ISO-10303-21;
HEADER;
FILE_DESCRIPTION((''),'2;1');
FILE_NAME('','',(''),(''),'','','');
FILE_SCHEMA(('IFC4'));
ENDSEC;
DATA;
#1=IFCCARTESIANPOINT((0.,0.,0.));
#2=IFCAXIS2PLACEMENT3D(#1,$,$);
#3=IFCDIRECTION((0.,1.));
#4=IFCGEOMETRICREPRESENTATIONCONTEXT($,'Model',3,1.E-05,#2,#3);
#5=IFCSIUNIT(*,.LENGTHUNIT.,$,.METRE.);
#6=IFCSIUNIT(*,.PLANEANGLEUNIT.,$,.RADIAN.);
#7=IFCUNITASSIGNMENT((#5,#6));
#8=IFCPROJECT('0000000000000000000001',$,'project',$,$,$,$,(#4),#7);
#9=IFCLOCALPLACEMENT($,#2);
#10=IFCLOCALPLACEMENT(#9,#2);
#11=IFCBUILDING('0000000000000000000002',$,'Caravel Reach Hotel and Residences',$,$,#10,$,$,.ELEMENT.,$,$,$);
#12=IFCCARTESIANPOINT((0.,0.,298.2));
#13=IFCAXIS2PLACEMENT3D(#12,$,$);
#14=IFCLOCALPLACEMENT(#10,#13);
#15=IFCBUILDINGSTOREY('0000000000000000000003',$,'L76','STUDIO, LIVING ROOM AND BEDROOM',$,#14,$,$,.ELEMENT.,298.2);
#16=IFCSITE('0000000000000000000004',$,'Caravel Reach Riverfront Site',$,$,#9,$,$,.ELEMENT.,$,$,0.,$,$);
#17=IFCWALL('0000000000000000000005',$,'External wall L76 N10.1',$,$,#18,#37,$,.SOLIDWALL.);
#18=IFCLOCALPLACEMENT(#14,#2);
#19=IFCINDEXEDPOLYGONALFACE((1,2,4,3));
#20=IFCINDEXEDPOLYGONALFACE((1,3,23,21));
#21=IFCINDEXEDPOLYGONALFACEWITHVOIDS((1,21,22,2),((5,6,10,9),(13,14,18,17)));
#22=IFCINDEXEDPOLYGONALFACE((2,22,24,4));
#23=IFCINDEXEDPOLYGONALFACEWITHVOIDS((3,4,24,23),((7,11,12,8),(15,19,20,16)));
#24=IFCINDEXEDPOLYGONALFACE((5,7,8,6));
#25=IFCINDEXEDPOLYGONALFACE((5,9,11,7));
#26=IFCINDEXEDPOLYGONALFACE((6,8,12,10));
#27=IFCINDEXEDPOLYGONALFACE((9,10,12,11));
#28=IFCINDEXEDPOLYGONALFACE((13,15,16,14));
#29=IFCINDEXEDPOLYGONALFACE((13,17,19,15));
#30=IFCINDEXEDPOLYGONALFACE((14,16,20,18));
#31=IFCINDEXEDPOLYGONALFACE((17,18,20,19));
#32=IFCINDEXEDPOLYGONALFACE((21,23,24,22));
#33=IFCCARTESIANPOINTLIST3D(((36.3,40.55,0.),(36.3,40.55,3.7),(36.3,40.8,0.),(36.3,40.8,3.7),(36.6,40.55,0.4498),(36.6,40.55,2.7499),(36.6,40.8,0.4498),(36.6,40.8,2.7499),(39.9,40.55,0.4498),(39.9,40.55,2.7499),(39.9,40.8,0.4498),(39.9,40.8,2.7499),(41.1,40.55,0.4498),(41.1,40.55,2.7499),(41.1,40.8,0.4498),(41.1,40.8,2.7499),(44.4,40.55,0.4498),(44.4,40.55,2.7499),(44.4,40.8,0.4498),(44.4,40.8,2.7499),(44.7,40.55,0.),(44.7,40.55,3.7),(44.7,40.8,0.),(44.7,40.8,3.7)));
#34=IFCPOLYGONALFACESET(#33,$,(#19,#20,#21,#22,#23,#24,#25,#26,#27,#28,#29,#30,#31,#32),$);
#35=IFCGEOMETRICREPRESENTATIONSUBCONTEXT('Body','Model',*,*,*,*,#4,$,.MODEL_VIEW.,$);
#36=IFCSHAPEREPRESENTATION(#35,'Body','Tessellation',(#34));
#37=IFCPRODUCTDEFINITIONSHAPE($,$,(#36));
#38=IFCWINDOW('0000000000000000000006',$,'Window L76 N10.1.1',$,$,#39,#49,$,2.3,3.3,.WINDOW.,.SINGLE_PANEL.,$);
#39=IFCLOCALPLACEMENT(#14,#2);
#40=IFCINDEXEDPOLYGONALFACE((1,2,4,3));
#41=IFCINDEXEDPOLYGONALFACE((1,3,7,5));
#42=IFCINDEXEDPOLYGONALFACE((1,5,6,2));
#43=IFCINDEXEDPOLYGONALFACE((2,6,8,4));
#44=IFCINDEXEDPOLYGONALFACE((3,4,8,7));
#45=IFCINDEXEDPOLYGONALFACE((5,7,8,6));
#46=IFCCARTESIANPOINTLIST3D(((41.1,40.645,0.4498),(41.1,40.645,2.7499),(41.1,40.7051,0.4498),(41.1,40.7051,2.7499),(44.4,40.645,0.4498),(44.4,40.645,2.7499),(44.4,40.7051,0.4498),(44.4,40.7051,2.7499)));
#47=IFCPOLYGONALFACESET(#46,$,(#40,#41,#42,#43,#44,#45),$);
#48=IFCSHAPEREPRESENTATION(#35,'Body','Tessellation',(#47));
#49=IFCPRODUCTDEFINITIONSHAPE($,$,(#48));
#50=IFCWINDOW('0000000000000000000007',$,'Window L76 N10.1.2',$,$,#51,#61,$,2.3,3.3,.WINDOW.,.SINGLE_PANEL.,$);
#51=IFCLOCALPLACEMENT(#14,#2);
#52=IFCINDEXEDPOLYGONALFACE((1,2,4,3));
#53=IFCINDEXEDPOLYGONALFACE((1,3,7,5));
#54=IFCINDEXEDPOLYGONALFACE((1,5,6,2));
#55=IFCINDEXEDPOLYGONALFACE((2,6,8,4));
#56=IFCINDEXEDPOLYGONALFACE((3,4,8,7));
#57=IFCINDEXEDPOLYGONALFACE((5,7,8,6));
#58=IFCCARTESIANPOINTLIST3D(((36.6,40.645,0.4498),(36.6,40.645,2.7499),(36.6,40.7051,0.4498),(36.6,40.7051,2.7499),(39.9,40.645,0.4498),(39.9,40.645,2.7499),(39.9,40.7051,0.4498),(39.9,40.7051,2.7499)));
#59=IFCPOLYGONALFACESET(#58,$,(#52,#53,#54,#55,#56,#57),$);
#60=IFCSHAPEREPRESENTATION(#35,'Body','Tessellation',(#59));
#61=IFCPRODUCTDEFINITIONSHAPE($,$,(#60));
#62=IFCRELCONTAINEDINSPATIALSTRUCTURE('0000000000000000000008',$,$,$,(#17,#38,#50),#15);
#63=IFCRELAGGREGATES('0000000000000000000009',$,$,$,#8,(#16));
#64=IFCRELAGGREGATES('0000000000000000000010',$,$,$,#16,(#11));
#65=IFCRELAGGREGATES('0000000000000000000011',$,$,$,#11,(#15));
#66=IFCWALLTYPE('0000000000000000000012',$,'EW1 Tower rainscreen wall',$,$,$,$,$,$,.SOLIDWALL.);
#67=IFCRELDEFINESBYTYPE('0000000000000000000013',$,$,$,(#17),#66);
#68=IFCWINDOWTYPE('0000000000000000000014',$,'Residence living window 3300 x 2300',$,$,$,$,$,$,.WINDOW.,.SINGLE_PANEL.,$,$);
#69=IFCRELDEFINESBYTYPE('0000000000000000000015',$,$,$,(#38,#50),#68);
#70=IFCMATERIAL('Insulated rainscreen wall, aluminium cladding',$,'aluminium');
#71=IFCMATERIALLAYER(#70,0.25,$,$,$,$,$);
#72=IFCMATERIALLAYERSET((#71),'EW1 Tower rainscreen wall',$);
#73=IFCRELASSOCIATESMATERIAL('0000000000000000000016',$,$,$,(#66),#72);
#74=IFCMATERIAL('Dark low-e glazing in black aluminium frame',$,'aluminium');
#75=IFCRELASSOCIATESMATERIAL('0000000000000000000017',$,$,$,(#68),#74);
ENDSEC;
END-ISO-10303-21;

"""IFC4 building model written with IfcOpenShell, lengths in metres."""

from ifc_helpers import new_model, si_unit, direction, frame, frame_2d, origin, place, context, subcontext, project, spatial, rectangle, extrude, material, layer, layer_set, type_object, element, fill, save


model = new_model("IFC4")

# Units and contexts
model_context = context("Model", 3, precision=1e-05, world=origin(), true_north=direction((0.0, 1.0)))
body_context = subcontext(model_context, "Body", "Model", "MODEL_VIEW")
ifc_project = project(units=[si_unit("LENGTHUNIT", "METRE"), si_unit("PLANEANGLEUNIT", "RADIAN")], contexts=[model_context])

# Site, building, storey
site_placement = place(None, origin())
site = spatial("IfcSite", under=ifc_project, at=site_placement, Name="Caravel Reach Riverfront Site", CompositionType="ELEMENT", RefElevation=0.0)
building_placement = place(site_placement, origin())
building = spatial("IfcBuilding", under=site, at=building_placement, Name="Caravel Reach Hotel and Residences", CompositionType="ELEMENT")
storey_placement = place(building_placement, frame((0.0, 0.0, 298.2)))
storey = spatial("IfcBuildingStorey", under=building, at=storey_placement, Name="L76", Description="STUDIO, LIVING ROOM AND BEDROOM", CompositionType="ELEMENT", Elevation=298.2)

# Shared definitions
ifc_material_1 = material(Name="Insulated rainscreen wall, aluminium cladding", Category="aluminium")
ifc_layer = layer(ifc_material_1, 0.25)
ifc_layer_set = layer_set([ifc_layer], Name="EW1 Tower rainscreen wall")
wall_type = type_object("IfcWallType", Name="EW1 Tower rainscreen wall", PredefinedType="SOLIDWALL", material=ifc_layer_set)

# Wall, openings, windows
wall_1_placement = place(storey_placement, frame((44.7, 40.675, 0.0), z_axis=(0.0, 0.0, 1.0), x_axis=(-1.0, 0.0, 0.0)))
wall_1 = element("IfcWall", 1, at=wall_1_placement, inside=storey, type_object=wall_type, Name="External wall L76 N10.1", PredefinedType="SOLIDWALL", context=body_context, shape_type="SweptSolid", body=[
    extrude(rectangle(XDim=8.3999, YDim=0.25, at=frame_2d((4.2, 0.0))), origin(), (0.0, 0.0, 1.0), 3.7),
])
opening_1_placement = place(wall_1_placement, frame((0.3, 0.0, 0.45)))
opening_1 = element("IfcOpeningElement", 2, at=opening_1_placement, cuts=wall_1, PredefinedType="OPENING", context=body_context, shape_type="SweptSolid", body=[
    extrude(rectangle(XDim=3.3, YDim=2.3, at=frame_2d((1.6499, 1.1499))), frame((0.0, 0.135, 0.0), z_axis=(0.0, -1.0, 0.0), x_axis=(1.0, 0.0, 0.0)), (0.0, 0.0, 1.0), 0.27),
])
opening_2_placement = place(wall_1_placement, frame((4.8, 0.0, 0.45)))
opening_2 = element("IfcOpeningElement", 3, at=opening_2_placement, cuts=wall_1, PredefinedType="OPENING", context=body_context, shape_type="SweptSolid", body=[
    extrude(rectangle(XDim=3.3, YDim=2.3, at=frame_2d((1.6499, 1.1499))), frame((0.0, 0.135, 0.0), z_axis=(0.0, -1.0, 0.0), x_axis=(1.0, 0.0, 0.0)), (0.0, 0.0, 1.0), 0.27),
])
ifc_material_2 = material(Name="Dark low-e glazing in black aluminium frame", Category="aluminium")
window_type_1 = type_object("IfcWindowType", Name="Residence living window 3300 x 2300", PartitioningType="SINGLE_PANEL", PredefinedType="WINDOW", material=ifc_material_2)
window_1_placement = place(opening_1_placement, origin())
window_1 = element("IfcWindow", 4, at=window_1_placement, inside=storey, type_object=window_type_1, Name="Window L76 N10.1.1", OverallHeight=2.3, OverallWidth=3.3, PartitioningType="SINGLE_PANEL", PredefinedType="WINDOW", context=body_context, shape_type="SweptSolid", body=[
    extrude(rectangle(XDim=3.3, YDim=2.3, at=frame_2d((1.6499, 1.1499))), frame((0.0, 0.03, 0.0), z_axis=(0.0, -1.0, 0.0), x_axis=(1.0, 0.0, 0.0)), (0.0, 0.0, 1.0), 0.0601),
])
fill(opening_1, window_1)
window_2_placement = place(opening_2_placement, origin())
window_2 = element("IfcWindow", 5, at=window_2_placement, inside=storey, type_object=window_type_1, Name="Window L76 N10.1.2", OverallHeight=2.3, OverallWidth=3.3, PartitioningType="SINGLE_PANEL", PredefinedType="WINDOW", context=body_context, shape_type="SweptSolid", body=[
    extrude(rectangle(XDim=3.3, YDim=2.3, at=frame_2d((1.6499, 1.1499))), frame((0.0, 0.03, 0.0), z_axis=(0.0, -1.0, 0.0), x_axis=(1.0, 0.0, 0.0)), (0.0, 0.0, 1.0), 0.0601),
])
fill(opening_2, window_2)

save(model, "model.ifc")
